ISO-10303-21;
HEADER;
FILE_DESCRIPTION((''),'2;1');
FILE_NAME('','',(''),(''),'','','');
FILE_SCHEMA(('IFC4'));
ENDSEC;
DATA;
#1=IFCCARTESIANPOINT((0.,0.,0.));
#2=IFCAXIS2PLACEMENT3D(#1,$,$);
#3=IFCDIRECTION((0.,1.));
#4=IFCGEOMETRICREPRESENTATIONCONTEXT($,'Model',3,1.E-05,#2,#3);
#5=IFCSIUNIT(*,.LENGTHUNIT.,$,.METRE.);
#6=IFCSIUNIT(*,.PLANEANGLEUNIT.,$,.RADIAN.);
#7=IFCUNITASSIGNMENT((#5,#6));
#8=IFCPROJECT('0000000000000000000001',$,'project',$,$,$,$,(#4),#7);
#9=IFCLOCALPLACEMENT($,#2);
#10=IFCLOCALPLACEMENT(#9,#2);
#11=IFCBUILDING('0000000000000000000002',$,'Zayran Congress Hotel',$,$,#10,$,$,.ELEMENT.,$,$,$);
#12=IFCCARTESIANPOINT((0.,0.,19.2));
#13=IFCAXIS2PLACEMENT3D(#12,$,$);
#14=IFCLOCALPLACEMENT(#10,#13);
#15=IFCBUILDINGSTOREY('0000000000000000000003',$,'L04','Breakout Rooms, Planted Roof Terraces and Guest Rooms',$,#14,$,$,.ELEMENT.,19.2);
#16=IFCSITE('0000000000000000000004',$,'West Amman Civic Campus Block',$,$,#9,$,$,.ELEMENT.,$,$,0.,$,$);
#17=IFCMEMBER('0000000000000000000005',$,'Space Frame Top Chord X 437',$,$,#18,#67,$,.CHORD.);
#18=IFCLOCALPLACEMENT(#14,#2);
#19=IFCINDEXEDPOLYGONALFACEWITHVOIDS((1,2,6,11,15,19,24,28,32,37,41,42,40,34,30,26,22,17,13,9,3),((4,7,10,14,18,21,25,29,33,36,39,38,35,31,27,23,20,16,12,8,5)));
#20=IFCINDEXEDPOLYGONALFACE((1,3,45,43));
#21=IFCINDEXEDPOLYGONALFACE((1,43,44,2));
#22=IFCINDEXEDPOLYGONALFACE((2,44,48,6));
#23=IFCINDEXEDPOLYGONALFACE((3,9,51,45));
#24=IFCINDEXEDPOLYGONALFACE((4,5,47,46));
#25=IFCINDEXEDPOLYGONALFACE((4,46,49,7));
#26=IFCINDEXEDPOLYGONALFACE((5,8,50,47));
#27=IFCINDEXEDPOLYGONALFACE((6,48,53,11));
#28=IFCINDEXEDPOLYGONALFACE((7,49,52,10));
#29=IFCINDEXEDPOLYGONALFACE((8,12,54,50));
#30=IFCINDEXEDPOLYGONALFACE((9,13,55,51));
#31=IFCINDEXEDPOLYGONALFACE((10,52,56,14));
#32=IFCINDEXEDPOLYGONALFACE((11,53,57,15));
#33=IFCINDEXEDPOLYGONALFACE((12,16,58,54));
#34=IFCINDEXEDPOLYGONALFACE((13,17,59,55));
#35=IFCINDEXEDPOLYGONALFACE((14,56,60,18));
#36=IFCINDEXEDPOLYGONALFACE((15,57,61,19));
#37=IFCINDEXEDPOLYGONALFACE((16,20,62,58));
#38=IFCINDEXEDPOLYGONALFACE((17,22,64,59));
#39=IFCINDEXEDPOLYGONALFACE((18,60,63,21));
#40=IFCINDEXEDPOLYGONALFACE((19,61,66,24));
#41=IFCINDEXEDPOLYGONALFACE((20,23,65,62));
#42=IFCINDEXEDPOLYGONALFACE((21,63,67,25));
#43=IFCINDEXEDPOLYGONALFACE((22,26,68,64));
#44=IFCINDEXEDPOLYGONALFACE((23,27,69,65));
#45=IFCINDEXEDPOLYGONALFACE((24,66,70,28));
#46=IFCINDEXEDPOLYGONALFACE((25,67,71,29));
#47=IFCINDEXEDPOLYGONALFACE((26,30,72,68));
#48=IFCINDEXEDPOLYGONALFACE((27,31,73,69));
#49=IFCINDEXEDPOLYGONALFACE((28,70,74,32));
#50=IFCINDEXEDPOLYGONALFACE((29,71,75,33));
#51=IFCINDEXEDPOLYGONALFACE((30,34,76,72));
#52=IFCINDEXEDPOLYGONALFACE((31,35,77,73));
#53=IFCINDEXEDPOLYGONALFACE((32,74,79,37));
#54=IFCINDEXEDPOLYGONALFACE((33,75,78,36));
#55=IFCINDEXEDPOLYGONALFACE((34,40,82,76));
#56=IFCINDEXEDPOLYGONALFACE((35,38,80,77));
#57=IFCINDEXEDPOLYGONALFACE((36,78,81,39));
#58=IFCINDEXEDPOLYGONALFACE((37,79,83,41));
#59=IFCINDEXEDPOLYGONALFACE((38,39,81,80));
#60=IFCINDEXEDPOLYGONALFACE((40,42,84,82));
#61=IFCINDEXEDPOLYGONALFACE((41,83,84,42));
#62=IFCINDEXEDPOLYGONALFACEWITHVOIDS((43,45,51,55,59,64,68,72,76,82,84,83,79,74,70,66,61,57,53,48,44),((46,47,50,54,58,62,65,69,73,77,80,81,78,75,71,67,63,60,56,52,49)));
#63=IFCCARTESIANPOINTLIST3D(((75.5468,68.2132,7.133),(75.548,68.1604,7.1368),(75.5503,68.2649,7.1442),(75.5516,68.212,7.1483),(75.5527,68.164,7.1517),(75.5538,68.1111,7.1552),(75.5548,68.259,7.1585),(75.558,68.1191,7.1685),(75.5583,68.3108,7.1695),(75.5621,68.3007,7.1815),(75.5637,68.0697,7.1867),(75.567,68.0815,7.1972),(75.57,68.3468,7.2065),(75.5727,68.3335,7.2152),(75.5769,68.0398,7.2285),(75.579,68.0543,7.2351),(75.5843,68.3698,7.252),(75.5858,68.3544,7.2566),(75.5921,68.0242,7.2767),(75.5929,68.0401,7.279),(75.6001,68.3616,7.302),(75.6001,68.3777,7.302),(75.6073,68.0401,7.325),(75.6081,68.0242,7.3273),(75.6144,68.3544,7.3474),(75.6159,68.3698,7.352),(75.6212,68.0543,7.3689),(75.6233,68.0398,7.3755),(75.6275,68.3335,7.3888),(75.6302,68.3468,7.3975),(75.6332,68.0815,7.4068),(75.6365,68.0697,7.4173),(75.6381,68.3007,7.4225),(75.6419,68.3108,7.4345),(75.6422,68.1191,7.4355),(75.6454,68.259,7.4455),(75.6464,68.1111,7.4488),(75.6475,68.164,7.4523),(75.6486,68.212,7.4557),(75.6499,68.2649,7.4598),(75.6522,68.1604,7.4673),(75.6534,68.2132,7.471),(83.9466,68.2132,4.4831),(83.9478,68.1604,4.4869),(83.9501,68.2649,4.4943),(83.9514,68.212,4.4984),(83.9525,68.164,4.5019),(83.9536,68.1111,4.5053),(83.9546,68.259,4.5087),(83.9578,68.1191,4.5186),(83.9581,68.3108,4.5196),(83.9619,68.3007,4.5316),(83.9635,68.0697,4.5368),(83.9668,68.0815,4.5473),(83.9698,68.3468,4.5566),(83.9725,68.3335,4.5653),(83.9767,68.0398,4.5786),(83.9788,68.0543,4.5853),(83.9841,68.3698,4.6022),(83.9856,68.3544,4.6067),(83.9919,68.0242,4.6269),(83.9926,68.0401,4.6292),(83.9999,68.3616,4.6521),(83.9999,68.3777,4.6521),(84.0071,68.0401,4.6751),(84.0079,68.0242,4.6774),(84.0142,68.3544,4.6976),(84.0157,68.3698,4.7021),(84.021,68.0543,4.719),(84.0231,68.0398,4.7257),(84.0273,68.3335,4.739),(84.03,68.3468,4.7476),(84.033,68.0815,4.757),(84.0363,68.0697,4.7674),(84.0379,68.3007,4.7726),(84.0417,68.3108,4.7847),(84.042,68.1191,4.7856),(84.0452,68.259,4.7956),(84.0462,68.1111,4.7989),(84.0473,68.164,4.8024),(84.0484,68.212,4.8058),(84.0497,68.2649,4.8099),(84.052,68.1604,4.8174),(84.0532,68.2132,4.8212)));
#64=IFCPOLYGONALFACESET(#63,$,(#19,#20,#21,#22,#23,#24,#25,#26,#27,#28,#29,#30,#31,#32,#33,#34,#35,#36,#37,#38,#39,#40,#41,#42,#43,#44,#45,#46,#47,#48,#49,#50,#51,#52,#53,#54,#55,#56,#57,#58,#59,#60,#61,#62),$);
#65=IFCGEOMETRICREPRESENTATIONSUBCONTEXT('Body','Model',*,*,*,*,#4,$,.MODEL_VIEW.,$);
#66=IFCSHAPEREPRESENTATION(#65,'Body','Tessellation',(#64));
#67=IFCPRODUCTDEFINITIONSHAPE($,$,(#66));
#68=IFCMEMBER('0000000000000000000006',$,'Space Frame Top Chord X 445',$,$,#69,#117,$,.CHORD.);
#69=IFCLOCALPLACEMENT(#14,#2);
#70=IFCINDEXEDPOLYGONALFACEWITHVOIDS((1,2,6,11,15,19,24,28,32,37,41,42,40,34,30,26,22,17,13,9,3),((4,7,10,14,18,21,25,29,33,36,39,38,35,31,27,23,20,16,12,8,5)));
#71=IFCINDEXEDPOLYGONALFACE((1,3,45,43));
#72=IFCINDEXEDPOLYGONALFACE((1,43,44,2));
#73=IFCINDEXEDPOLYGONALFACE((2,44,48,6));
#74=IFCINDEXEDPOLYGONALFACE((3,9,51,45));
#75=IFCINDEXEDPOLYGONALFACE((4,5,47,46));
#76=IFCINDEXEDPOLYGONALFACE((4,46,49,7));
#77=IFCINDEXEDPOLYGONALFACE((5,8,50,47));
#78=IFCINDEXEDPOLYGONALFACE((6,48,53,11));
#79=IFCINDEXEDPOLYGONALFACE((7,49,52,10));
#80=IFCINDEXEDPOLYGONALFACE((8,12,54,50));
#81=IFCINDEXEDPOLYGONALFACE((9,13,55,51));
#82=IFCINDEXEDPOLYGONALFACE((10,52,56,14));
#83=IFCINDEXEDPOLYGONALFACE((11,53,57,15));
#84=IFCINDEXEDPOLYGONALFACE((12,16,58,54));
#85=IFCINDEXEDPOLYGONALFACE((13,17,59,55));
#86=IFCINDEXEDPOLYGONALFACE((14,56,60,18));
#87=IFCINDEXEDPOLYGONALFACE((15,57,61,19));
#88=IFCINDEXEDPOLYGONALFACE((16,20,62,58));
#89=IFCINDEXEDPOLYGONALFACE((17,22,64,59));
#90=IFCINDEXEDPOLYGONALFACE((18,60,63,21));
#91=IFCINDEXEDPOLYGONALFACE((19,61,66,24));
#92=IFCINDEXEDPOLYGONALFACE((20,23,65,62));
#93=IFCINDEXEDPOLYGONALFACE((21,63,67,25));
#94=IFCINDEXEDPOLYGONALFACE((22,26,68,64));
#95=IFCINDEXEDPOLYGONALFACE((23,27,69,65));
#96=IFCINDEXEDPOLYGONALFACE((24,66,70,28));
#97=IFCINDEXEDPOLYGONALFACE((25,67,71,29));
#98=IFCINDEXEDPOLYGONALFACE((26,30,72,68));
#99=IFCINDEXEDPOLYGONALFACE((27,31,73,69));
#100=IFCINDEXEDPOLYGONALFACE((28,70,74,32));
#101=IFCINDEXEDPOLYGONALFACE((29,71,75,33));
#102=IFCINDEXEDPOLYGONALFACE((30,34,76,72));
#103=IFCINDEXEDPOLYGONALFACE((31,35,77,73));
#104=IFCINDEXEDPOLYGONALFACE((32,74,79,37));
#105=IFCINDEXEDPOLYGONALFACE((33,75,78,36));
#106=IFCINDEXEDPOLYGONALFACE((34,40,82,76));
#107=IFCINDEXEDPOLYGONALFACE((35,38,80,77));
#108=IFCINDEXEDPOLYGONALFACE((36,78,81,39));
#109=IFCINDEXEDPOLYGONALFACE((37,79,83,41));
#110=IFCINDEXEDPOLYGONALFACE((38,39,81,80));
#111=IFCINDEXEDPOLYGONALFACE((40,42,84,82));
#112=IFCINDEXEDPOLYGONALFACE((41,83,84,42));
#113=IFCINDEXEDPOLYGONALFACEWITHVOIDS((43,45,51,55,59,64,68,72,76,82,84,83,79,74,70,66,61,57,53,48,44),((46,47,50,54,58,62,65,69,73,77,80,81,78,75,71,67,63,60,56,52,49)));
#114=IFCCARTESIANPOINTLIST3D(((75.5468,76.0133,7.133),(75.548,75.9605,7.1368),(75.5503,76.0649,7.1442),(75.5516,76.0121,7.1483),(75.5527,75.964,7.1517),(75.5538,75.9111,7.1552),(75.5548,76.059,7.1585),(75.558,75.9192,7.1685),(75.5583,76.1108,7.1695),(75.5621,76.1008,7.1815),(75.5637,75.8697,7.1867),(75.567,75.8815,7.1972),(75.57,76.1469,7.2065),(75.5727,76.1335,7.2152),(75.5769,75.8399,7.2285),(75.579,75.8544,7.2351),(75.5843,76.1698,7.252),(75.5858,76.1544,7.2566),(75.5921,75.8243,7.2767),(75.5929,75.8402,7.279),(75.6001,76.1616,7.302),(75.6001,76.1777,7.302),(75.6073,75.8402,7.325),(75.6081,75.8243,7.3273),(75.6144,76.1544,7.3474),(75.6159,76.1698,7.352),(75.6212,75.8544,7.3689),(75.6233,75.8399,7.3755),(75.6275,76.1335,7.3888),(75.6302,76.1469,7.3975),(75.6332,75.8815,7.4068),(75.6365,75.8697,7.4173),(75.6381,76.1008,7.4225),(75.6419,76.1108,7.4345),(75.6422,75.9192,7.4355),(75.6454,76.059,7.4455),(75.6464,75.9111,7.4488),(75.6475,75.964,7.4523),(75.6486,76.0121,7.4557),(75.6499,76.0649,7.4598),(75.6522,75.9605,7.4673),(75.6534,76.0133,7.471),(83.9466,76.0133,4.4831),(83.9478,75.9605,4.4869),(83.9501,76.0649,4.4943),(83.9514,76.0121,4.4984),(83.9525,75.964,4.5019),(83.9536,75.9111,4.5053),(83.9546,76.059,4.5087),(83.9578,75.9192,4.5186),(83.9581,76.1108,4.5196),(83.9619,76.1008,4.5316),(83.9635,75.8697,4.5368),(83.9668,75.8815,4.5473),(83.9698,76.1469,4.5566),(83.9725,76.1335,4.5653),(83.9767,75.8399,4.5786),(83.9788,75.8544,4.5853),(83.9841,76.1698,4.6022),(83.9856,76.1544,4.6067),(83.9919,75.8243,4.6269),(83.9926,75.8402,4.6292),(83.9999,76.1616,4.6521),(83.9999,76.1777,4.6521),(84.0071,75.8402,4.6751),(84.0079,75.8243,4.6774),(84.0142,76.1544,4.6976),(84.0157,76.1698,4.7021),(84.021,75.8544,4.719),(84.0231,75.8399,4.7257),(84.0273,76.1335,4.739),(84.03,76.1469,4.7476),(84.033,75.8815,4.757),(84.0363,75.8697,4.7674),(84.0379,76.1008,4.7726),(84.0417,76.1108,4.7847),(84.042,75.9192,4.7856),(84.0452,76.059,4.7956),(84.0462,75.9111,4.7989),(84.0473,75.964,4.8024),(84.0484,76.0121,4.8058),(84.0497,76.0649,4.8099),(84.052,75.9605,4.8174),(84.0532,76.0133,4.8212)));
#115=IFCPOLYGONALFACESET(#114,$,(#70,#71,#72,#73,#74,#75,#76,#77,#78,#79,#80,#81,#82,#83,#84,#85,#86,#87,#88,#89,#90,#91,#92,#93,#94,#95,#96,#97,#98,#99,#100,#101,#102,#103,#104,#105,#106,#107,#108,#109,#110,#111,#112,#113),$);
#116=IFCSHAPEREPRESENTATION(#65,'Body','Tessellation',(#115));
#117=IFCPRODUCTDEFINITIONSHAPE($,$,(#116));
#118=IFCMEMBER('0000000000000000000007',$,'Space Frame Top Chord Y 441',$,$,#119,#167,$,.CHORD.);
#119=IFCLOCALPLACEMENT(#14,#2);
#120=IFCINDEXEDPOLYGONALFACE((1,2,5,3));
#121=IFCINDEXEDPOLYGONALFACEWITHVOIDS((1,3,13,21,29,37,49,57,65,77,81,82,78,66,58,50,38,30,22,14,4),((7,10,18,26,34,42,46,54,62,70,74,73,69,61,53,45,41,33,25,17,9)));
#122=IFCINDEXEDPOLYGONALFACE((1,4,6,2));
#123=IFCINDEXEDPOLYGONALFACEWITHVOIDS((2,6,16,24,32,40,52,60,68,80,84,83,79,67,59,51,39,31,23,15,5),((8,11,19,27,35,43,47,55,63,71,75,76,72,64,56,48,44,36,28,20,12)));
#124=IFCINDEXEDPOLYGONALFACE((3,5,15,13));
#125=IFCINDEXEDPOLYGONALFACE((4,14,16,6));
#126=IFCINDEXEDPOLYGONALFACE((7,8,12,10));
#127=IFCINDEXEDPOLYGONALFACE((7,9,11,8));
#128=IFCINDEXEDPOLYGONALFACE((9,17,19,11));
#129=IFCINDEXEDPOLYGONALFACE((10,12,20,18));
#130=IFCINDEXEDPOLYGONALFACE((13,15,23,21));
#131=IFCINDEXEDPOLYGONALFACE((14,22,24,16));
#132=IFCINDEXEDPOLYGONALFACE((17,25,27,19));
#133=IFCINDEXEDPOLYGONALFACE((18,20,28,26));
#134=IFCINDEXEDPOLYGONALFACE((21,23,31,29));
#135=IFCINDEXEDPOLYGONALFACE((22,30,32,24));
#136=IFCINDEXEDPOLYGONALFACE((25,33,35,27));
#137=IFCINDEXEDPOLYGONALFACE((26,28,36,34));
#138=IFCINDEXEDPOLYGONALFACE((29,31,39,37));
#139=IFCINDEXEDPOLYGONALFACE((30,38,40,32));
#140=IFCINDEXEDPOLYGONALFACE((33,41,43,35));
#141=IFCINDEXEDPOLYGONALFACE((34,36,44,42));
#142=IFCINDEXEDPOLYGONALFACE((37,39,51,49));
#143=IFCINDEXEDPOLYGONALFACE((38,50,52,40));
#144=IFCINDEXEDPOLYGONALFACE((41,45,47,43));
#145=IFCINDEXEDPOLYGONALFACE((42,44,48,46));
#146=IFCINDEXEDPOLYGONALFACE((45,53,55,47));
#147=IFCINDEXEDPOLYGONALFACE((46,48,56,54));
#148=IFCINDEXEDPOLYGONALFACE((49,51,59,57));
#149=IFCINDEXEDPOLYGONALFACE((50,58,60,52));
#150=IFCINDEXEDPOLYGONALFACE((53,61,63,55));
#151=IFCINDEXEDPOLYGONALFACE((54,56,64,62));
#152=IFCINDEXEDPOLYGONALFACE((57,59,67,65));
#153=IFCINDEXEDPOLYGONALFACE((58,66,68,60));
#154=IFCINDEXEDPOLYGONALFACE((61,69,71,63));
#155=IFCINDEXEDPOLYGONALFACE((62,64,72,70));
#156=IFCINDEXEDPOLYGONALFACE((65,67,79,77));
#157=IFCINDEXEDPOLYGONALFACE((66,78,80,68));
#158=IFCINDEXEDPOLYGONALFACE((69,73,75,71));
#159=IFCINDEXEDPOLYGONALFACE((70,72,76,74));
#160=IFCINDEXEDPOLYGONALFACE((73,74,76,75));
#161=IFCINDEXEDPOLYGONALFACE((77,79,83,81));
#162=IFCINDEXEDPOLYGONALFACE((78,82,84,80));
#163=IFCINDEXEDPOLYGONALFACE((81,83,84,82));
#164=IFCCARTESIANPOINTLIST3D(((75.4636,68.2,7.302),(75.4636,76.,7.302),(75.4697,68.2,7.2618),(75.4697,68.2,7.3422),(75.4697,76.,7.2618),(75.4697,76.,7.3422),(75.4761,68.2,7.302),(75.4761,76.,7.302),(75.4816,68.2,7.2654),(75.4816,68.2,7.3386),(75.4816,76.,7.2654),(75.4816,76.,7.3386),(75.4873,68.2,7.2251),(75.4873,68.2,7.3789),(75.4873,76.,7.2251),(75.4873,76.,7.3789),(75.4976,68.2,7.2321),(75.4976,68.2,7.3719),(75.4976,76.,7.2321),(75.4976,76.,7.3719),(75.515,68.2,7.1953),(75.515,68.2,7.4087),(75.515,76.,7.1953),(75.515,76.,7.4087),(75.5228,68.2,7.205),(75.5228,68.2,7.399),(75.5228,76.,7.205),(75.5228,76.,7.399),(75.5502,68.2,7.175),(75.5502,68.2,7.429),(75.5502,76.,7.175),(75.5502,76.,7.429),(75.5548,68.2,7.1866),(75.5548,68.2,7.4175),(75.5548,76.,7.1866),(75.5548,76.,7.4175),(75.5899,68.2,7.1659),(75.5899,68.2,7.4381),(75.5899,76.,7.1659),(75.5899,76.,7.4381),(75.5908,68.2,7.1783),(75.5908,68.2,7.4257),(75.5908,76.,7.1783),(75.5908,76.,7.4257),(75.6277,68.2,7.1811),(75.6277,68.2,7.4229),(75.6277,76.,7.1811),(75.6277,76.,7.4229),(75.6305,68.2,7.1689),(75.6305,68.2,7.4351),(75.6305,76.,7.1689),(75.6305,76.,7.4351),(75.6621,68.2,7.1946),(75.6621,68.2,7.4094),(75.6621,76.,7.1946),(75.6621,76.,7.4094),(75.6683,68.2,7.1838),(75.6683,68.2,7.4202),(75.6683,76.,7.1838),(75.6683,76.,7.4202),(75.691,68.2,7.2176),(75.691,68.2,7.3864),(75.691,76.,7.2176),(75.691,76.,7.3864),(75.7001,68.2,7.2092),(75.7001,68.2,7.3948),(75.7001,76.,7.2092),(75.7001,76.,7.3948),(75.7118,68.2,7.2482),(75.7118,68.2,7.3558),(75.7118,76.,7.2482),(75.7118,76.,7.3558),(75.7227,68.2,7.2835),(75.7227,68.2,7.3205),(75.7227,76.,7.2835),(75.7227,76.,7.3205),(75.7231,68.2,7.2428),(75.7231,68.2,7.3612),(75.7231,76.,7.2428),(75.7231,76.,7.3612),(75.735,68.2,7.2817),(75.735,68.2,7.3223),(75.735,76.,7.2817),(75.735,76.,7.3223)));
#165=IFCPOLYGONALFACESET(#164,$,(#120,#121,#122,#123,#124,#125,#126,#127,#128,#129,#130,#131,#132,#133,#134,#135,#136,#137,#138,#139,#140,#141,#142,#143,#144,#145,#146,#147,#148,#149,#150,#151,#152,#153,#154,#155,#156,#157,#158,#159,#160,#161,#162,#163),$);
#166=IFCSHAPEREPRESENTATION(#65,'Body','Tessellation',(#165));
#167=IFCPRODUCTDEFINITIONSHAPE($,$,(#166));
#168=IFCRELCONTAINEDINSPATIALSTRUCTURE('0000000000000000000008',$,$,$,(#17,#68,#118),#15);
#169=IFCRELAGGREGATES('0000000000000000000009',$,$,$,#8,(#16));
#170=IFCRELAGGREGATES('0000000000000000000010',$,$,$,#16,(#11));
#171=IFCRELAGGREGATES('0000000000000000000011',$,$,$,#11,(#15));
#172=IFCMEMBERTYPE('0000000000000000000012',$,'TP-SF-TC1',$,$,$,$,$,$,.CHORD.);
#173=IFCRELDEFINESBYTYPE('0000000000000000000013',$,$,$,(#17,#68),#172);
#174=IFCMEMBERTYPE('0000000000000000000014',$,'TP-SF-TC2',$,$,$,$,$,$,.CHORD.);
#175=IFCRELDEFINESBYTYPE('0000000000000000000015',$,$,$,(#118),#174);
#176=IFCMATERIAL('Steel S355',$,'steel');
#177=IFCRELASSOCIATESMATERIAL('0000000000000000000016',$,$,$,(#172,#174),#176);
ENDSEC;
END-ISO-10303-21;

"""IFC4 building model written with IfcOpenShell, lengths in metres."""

from ifc_helpers import new_model, si_unit, direction, frame, origin, origin_2d, place, context, subcontext, project, spatial, hollow_circle, extrude, material, material_profile, profile_set, type_object, element, save


model = new_model("IFC4")

# Units and contexts
model_context = context("Model", 3, precision=1e-05, world=origin(), true_north=direction((0.0, 1.0)))
body_context = subcontext(model_context, "Body", "Model", "MODEL_VIEW")
ifc_project = project(units=[si_unit("LENGTHUNIT", "METRE"), si_unit("PLANEANGLEUNIT", "RADIAN")], contexts=[model_context])

# Site, building, storey
site_placement = place(None, origin())
site = spatial("IfcSite", under=ifc_project, at=site_placement, Name="West Amman Civic Campus Block", CompositionType="ELEMENT", RefElevation=0.0)
building_placement = place(site_placement, origin())
building = spatial("IfcBuilding", under=site, at=building_placement, Name="Zayran Congress Hotel", CompositionType="ELEMENT")
storey_placement = place(building_placement, frame((0.0, 0.0, 19.2)))
storey = spatial("IfcBuildingStorey", under=building, at=storey_placement, Name="L04", Description="Breakout Rooms, Planted Roof Terraces and Guest Rooms", CompositionType="ELEMENT", Elevation=19.2)

# Members
ifc_material_1 = material(Name="Steel S355", Category="steel")
ifc_material_profile_1 = material_profile(ifc_material_1, hollow_circle(Radius=0.1777, WallThickness=0.0161, at=origin_2d()), Name="CHS 355.6x16")
ifc_profile_set_1 = profile_set([ifc_material_profile_1], Name="Steel S355")
member_type_1 = type_object("IfcMemberType", Name="TP-SF-TC1", PredefinedType="CHORD", material=ifc_profile_set_1)
for number, where, z_axis, x_axis, name in (
    (1, (75.6001, 68.2, 7.302), (0.953671, 0.0, -0.300853), (0.0, 1.0, 0.0), "Space Frame Top Chord X 437"),
    (2, (75.6001, 76.0, 7.302), (0.953671, 0.0, -0.300853), (0.0, 1.0, 0.0), "Space Frame Top Chord X 445"),
):
    element("IfcMember", number, at=place(storey_placement, frame(where, z_axis=z_axis, x_axis=x_axis)), inside=storey, type_object=member_type_1, Name=name, PredefinedType="CHORD", context=body_context, shape_type="SweptSolid", body=[
        extrude(hollow_circle(Radius=0.1777, WallThickness=0.0161, at=origin_2d()), origin(), (0.0, 0.0, 1.0), 8.8079),
    ])
ifc_material_profile_2 = material_profile(ifc_material_1, hollow_circle(Radius=0.1365, WallThickness=0.0125, at=origin_2d()), Name="CHS 273x12.5")
ifc_profile_set_2 = profile_set([ifc_material_profile_2], Name="Steel S355")
member_type_2 = type_object("IfcMemberType", Name="TP-SF-TC2", PredefinedType="CHORD", material=ifc_profile_set_2)
member_1_placement = place(storey_placement, frame((75.6001, 68.2, 7.302), z_axis=(0.0, 1.0, 0.0), x_axis=(-1.0, 0.0, 0.0)))
element("IfcMember", 3, at=member_1_placement, inside=storey, type_object=member_type_2, Name="Space Frame Top Chord Y 441", PredefinedType="CHORD", context=body_context, shape_type="SweptSolid", body=[
    extrude(hollow_circle(Radius=0.1365, WallThickness=0.0125, at=origin_2d()), origin(), (0.0, 0.0, 1.0), 7.8),
])

save(model, "model.ifc")
